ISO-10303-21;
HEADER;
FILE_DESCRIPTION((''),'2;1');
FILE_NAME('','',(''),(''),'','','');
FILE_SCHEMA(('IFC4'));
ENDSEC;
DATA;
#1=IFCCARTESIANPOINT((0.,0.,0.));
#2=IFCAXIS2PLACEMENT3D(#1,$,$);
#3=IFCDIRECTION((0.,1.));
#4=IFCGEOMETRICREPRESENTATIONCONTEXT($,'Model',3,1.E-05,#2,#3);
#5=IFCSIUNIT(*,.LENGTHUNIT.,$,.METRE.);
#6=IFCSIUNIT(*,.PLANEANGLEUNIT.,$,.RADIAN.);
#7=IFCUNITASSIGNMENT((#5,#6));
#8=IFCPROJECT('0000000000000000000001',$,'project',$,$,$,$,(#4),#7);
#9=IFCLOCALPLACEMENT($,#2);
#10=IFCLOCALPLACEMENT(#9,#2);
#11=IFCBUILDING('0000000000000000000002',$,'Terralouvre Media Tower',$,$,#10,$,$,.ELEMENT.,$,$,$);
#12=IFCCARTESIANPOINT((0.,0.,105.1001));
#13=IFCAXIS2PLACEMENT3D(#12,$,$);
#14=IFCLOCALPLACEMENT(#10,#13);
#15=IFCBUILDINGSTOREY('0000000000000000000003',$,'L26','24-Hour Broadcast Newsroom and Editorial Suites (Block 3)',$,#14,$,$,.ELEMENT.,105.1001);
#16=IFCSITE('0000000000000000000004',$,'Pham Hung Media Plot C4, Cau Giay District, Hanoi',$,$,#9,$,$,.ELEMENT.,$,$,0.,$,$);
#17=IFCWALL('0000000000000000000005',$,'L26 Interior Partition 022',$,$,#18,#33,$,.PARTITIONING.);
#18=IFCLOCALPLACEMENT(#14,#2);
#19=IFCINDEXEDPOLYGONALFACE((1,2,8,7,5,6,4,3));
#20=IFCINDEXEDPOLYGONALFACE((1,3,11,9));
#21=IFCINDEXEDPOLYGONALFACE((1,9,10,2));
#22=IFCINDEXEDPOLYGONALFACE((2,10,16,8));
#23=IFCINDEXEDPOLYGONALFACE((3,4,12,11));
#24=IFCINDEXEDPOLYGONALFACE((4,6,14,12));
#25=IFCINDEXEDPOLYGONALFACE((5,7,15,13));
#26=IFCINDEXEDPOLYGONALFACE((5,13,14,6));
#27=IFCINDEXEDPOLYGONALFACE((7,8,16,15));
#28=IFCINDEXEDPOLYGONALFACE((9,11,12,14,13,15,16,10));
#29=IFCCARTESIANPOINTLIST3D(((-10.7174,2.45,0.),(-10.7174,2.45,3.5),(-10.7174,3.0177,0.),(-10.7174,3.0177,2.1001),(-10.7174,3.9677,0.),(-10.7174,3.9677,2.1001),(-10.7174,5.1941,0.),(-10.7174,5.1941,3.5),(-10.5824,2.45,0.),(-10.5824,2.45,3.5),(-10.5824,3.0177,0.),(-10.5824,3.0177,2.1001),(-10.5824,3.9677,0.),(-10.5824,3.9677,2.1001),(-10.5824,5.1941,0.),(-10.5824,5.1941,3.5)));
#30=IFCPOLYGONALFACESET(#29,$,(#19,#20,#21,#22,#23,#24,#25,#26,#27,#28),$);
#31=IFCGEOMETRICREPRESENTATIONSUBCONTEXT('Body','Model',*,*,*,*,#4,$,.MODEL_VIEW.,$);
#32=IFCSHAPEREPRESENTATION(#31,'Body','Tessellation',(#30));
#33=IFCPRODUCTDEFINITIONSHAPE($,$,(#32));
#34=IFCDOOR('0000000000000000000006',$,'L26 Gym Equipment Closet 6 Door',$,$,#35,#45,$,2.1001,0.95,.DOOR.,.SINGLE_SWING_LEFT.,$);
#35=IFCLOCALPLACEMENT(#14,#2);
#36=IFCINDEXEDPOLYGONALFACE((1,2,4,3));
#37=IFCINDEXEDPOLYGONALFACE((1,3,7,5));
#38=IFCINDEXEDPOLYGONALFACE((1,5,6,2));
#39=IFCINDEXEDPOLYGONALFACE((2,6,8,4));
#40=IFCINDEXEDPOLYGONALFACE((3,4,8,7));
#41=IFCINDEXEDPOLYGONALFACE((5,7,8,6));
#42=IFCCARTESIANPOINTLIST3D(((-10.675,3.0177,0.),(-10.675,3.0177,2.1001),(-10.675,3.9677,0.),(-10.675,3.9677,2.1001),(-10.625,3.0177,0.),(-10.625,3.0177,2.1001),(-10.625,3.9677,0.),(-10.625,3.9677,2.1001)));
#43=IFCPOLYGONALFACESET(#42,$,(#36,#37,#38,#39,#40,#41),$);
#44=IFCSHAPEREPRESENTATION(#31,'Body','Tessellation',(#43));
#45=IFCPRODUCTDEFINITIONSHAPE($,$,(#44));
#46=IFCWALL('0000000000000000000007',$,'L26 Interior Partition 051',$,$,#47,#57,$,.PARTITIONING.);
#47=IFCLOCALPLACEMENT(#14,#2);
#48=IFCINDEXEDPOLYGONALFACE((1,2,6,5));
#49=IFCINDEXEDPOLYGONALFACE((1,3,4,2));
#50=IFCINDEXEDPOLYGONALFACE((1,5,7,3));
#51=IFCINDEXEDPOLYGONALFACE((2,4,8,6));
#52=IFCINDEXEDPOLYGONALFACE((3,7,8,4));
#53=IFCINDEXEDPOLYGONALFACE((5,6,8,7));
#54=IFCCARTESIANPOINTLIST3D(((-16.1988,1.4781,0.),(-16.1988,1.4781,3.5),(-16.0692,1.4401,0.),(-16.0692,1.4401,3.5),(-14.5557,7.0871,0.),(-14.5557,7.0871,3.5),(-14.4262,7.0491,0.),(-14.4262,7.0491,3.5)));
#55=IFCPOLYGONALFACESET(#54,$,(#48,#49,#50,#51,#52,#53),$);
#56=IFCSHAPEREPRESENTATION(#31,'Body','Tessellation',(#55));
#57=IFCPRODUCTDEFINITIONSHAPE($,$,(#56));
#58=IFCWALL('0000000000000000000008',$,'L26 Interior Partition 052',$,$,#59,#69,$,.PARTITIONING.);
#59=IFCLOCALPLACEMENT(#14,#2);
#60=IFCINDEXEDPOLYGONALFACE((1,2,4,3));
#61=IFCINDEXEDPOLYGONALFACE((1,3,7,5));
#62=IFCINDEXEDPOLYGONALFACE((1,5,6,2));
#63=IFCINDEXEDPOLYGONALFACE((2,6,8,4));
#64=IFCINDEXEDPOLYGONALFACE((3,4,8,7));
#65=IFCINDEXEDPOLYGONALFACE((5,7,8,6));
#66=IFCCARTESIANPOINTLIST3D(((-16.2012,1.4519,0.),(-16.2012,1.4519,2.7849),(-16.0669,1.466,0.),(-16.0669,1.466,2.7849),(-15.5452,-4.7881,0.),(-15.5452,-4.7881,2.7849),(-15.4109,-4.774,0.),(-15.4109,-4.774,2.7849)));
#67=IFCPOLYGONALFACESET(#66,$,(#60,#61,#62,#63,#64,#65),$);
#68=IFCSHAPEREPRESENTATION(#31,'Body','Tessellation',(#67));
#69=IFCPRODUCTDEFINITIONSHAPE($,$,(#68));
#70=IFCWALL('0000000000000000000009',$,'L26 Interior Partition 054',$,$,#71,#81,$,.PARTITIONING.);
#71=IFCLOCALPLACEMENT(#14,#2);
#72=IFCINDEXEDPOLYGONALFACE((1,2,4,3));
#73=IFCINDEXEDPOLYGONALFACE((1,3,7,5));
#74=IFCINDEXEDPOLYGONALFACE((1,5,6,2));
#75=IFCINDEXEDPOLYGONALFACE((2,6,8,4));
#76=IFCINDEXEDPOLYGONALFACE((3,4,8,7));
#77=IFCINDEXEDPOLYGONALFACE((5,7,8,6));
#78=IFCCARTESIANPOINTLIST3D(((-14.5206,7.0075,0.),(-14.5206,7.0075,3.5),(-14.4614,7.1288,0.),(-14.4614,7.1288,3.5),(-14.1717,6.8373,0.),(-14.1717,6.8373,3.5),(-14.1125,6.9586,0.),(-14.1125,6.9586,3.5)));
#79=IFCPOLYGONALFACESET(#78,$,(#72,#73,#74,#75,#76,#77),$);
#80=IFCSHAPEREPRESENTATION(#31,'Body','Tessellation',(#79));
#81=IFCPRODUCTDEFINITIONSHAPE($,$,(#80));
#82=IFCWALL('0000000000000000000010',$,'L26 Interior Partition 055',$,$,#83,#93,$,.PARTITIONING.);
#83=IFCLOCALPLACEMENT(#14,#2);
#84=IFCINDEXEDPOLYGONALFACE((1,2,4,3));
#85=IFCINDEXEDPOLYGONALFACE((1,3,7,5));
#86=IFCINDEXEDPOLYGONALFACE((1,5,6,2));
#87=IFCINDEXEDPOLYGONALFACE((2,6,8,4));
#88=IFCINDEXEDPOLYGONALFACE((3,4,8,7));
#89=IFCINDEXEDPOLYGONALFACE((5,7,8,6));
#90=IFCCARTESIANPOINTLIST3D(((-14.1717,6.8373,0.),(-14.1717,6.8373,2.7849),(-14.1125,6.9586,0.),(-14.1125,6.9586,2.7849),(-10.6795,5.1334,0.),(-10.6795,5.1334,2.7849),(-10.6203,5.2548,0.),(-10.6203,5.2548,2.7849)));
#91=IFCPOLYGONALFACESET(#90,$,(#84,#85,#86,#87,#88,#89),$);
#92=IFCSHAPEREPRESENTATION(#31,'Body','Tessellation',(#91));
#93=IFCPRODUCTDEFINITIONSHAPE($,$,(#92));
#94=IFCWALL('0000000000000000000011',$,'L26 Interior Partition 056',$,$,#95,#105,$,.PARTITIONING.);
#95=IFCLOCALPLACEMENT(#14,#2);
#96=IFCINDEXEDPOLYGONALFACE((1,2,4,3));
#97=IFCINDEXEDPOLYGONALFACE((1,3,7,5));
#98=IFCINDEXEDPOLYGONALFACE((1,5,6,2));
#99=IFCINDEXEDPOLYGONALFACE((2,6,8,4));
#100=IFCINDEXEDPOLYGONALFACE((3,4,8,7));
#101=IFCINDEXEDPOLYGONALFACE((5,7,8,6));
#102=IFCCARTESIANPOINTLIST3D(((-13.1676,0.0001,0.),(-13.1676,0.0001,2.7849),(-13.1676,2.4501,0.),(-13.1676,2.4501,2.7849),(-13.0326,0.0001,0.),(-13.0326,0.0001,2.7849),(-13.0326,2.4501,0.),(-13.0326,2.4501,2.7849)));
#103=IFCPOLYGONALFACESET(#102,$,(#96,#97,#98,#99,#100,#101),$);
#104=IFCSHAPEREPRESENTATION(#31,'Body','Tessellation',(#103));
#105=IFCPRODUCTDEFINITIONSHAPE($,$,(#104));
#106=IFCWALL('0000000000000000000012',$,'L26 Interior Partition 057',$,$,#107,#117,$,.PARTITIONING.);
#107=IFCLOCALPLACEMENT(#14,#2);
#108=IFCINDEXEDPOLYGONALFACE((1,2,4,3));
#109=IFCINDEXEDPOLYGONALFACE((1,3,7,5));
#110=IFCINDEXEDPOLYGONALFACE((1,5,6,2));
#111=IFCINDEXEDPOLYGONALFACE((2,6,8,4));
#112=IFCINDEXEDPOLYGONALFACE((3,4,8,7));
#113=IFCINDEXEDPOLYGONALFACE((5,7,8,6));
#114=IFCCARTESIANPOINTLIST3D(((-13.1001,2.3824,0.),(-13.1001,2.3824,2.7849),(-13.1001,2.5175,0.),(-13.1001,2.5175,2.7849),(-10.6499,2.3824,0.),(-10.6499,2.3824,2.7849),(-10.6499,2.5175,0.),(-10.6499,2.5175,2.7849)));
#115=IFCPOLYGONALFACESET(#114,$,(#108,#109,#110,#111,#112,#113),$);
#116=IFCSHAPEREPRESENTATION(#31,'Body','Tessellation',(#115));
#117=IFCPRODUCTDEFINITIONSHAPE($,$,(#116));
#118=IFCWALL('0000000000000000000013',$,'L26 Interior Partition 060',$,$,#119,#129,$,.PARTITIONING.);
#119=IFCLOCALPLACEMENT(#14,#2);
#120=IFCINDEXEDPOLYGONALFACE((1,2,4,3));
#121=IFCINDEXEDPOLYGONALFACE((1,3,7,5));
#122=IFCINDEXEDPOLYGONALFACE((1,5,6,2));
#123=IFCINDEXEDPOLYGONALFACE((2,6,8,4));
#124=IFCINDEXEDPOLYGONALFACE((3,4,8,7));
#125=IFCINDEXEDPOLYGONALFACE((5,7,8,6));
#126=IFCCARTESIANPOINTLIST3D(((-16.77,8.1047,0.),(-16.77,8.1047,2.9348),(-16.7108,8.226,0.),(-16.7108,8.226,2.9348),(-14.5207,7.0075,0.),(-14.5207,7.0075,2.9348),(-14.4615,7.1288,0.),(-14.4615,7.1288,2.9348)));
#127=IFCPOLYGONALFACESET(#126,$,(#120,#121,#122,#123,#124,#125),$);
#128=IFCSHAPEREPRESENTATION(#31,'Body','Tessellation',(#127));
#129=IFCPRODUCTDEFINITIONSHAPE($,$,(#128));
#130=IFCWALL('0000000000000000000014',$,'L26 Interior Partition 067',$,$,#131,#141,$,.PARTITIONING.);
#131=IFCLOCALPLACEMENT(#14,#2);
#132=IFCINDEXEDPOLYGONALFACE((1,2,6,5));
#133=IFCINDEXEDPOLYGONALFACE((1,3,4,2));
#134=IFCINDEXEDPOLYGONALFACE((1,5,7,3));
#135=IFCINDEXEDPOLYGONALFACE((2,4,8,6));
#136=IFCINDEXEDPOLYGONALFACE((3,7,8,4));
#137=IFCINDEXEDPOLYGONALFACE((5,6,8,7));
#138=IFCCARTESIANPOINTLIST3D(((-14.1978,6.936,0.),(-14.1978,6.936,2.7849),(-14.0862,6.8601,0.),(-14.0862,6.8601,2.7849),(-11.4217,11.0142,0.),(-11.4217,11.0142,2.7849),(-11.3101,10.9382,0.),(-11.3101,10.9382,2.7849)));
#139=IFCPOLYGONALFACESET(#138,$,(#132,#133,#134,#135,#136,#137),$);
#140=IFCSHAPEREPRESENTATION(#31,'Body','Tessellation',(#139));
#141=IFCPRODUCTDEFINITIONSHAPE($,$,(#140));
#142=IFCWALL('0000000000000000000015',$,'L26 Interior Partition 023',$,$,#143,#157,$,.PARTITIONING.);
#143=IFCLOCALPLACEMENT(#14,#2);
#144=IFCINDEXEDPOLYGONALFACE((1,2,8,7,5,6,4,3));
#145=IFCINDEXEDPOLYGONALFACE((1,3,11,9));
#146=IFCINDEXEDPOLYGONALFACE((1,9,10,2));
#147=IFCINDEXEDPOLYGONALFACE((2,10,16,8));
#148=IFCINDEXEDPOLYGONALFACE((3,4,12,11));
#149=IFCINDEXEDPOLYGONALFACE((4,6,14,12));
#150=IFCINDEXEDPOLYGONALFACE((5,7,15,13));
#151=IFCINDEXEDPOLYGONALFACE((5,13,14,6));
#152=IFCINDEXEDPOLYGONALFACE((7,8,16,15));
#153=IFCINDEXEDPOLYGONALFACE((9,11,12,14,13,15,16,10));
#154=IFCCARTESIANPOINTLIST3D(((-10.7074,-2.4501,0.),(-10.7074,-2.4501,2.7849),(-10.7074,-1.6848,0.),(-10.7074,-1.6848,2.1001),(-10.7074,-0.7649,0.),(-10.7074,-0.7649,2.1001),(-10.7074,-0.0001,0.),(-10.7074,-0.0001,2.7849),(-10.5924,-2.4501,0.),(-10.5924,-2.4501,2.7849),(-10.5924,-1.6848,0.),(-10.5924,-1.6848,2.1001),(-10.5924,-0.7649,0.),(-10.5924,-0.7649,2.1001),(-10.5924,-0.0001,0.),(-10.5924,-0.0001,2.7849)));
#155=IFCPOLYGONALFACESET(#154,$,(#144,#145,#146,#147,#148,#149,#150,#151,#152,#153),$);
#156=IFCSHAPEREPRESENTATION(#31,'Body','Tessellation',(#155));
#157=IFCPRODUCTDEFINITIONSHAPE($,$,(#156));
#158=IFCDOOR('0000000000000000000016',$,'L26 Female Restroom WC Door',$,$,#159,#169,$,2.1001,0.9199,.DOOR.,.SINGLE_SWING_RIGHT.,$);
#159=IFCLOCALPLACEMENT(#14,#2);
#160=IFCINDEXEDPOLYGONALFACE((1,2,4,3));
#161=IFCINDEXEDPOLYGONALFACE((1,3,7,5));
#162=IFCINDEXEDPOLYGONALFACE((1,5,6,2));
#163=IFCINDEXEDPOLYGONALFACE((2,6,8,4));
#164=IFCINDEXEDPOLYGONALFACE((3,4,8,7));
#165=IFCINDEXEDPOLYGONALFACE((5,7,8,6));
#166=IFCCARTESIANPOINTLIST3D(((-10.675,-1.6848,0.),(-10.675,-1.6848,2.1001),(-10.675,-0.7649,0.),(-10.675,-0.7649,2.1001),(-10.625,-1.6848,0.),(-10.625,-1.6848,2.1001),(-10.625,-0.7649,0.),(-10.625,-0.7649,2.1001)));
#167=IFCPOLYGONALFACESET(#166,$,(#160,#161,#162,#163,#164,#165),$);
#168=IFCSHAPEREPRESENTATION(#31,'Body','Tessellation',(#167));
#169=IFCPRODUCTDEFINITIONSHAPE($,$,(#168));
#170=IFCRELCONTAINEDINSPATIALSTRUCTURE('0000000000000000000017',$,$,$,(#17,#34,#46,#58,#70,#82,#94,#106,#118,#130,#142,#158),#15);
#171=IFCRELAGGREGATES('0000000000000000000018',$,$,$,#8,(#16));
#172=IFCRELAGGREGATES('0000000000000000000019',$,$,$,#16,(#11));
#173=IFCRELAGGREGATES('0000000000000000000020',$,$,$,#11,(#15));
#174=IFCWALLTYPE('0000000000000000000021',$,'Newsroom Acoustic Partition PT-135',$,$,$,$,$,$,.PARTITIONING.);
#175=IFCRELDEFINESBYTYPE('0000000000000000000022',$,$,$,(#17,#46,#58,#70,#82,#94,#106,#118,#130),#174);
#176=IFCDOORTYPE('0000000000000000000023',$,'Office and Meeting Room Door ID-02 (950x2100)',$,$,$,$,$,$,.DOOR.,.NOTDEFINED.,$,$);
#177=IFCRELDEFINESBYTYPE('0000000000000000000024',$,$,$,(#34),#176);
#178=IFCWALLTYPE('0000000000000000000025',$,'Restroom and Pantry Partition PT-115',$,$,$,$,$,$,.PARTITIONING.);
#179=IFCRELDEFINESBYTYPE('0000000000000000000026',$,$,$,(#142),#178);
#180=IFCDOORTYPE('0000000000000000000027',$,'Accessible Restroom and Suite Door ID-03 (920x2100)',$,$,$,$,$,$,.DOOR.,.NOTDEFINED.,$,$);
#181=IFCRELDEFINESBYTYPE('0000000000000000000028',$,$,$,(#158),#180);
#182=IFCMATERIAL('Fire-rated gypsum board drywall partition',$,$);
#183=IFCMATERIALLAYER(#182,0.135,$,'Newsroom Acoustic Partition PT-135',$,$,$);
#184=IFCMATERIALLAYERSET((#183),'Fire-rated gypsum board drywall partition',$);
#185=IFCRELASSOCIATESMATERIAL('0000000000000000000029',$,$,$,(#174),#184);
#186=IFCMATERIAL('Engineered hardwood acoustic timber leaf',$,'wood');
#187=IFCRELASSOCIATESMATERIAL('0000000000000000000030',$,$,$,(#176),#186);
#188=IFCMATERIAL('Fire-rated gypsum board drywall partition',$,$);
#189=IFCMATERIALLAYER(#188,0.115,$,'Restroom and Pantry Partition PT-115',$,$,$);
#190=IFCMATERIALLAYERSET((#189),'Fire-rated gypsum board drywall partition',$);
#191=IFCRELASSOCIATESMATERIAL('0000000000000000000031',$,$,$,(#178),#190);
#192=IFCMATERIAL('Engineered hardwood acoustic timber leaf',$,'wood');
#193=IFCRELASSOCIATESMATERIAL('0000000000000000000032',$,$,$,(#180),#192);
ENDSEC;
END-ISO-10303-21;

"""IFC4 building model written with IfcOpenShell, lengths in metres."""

from ifc_helpers import new_model, si_unit, direction, frame, frame_2d, origin, place, context, subcontext, project, spatial, rectangle, extrude, material, layer, layer_set, type_object, element, fill, save


model = new_model("IFC4")

# Units and contexts
model_context = context("Model", 3, precision=1e-05, world=origin(), true_north=direction((0.0, 1.0)))
body_context = subcontext(model_context, "Body", "Model", "MODEL_VIEW")
ifc_project = project(units=[si_unit("LENGTHUNIT", "METRE"), si_unit("PLANEANGLEUNIT", "RADIAN")], contexts=[model_context])

# Site, building, storey
site_placement = place(None, origin())
site = spatial("IfcSite", under=ifc_project, at=site_placement, Name="Pham Hung Media Plot C4, Cau Giay District, Hanoi", CompositionType="ELEMENT", RefElevation=0.0)
building_placement = place(site_placement, origin())
building = spatial("IfcBuilding", under=site, at=building_placement, Name="Terralouvre Media Tower", CompositionType="ELEMENT")
storey_placement = place(building_placement, frame((0.0, 0.0, 105.1001)))
storey = spatial("IfcBuildingStorey", under=building, at=storey_placement, Name="L26", Description="24-Hour Broadcast Newsroom and Editorial Suites (Block 3)", CompositionType="ELEMENT", Elevation=105.1001)

# Wall, opening, door
ifc_material_1 = material(Name="Fire-rated gypsum board drywall partition")
ifc_layer_1 = layer(ifc_material_1, 0.135, Name="Newsroom Acoustic Partition PT-135")
ifc_layer_set_1 = layer_set([ifc_layer_1], Name="Fire-rated gypsum board drywall partition")
wall_type_1 = type_object("IfcWallType", Name="Newsroom Acoustic Partition PT-135", PredefinedType="PARTITIONING", material=ifc_layer_set_1)
wall_1_placement = place(storey_placement, frame((-10.6499, 5.1941, 0.0), z_axis=(0.0, 0.0, 1.0), x_axis=(0.0, -1.0, 0.0)))
wall_1 = element("IfcWall", 1, at=wall_1_placement, inside=storey, type_object=wall_type_1, Name="L26 Interior Partition 022", PredefinedType="PARTITIONING", context=body_context, shape_type="SweptSolid", body=[
    extrude(rectangle(XDim=2.7441, YDim=0.135, at=frame_2d((1.3721, 0.0))), origin(), (0.0, 0.0, 1.0), 3.5),
])
opening_1_placement = place(wall_1_placement, frame((1.2263, 0.0, 0.0)))
opening_1 = element("IfcOpeningElement", 2, at=opening_1_placement, cuts=wall_1, PredefinedType="OPENING", context=body_context, shape_type="SweptSolid", body=[
    extrude(rectangle(XDim=0.95, YDim=2.1001, at=frame_2d((0.4751, 1.05))), frame((0.0, 0.0774, 0.0), z_axis=(0.0, -1.0, 0.0), x_axis=(1.0, 0.0, 0.0)), (0.0, 0.0, 1.0), 0.155),
])
ifc_material_2 = material(Name="Engineered hardwood acoustic timber leaf", Category="wood")
door_type_1 = type_object("IfcDoorType", Name="Office and Meeting Room Door ID-02 (950x2100)", OperationType="NOTDEFINED", PredefinedType="DOOR", material=ifc_material_2)
door_1_placement = place(opening_1_placement, origin())
door_1 = element("IfcDoor", 3, at=door_1_placement, inside=storey, type_object=door_type_1, Name="L26 Gym Equipment Closet 6 Door", OperationType="SINGLE_SWING_LEFT", OverallHeight=2.1001, OverallWidth=0.95, PredefinedType="DOOR", context=body_context, shape_type="SweptSolid", body=[
    extrude(rectangle(XDim=0.95, YDim=2.1001, at=frame_2d((0.4751, 1.05))), frame((0.0, 0.0249, 0.0), z_axis=(0.0, -1.0, 0.0), x_axis=(1.0, 0.0, 0.0)), (0.0, 0.0, 1.0), 0.05),
])
fill(opening_1, door_1)

# Walls
wall_2_placement = place(storey_placement, frame((-14.491, 7.0681, 0.0), z_axis=(0.0, 0.0, 1.0), x_axis=(-0.281115, -0.959674, 0.0)))
element("IfcWall", 4, at=wall_2_placement, inside=storey, type_object=wall_type_1, Name="L26 Interior Partition 051", PredefinedType="PARTITIONING", context=body_context, shape_type="SweptSolid", body=[
    extrude(rectangle(XDim=5.8447, YDim=0.135, at=frame_2d((2.9224, 0.0))), origin(), (0.0, 0.0, 1.0), 3.5),
])
wall_3_placement = place(storey_placement, frame((-16.134, 1.459, 0.0), z_axis=(0.0, 0.0, 1.0), x_axis=(0.104553, -0.994519, 0.0)))
element("IfcWall", 5, at=wall_3_placement, inside=storey, type_object=wall_type_1, Name="L26 Interior Partition 052", PredefinedType="PARTITIONING", context=body_context, shape_type="SweptSolid", body=[
    extrude(rectangle(XDim=6.2744, YDim=0.135, at=frame_2d((3.1372, 0.0))), origin(), (0.0, 0.0, 1.0), 2.7849),
])
wall_4_placement = place(storey_placement, frame((-14.1421, 6.8979, 0.0), z_axis=(0.0, 0.0, 1.0), x_axis=(-0.898787, 0.438386, 0.0)))
element("IfcWall", 6, at=wall_4_placement, inside=storey, type_object=wall_type_1, Name="L26 Interior Partition 054", PredefinedType="PARTITIONING", context=body_context, shape_type="SweptSolid", body=[
    extrude(rectangle(XDim=0.3882, YDim=0.135, at=frame_2d((0.1941, 0.0))), origin(), (0.0, 0.0, 1.0), 3.5),
])
wall_5_placement = place(storey_placement, frame((-10.6499, 5.1941, 0.0), z_axis=(0.0, 0.0, 1.0), x_axis=(-0.898733, 0.438497, 0.0)))
element("IfcWall", 7, at=wall_5_placement, inside=storey, type_object=wall_type_1, Name="L26 Interior Partition 055", PredefinedType="PARTITIONING", context=body_context, shape_type="SweptSolid", body=[
    extrude(rectangle(XDim=3.8857, YDim=0.135, at=frame_2d((1.9429, 0.0))), origin(), (0.0, 0.0, 1.0), 2.7849),
])
wall_6_placement = place(storey_placement, frame((-13.1001, 0.0, 0.0), z_axis=(0.0, 0.0, 1.0), x_axis=(0.0, 1.0, 0.0)))
element("IfcWall", 8, at=wall_6_placement, inside=storey, type_object=wall_type_1, Name="L26 Interior Partition 056", PredefinedType="PARTITIONING", context=body_context, shape_type="SweptSolid", body=[
    extrude(rectangle(XDim=2.45, YDim=0.135, at=frame_2d((1.2251, 0.0))), origin(), (0.0, 0.0, 1.0), 2.7849),
])
wall_7_placement = place(storey_placement, frame((-13.1001, 2.45, 0.0), z_axis=(0.0, 0.0, 1.0), x_axis=(1.0, 0.0, 0.0)))
element("IfcWall", 9, at=wall_7_placement, inside=storey, type_object=wall_type_1, Name="L26 Interior Partition 057", PredefinedType="PARTITIONING", context=body_context, shape_type="SweptSolid", body=[
    extrude(rectangle(XDim=2.4502, YDim=0.135, at=frame_2d((1.2251, 0.0))), origin(), (0.0, 0.0, 1.0), 2.7849),
])
wall_8_placement = place(storey_placement, frame((-14.491, 7.0681, 0.0), z_axis=(0.0, 0.0, 1.0), x_axis=(-0.898774, 0.438412, 0.0)))
element("IfcWall", 10, at=wall_8_placement, inside=storey, type_object=wall_type_1, Name="L26 Interior Partition 060", PredefinedType="PARTITIONING", context=body_context, shape_type="SweptSolid", body=[
    extrude(rectangle(XDim=2.5027, YDim=0.135, at=frame_2d((1.2515, 0.0))), origin(), (0.0, 0.0, 1.0), 2.9348),
])
wall_9_placement = place(storey_placement, frame((-14.1421, 6.8979, 0.0), z_axis=(0.0, 0.0, 1.0), x_axis=(0.562726, 0.826644, 0.0)))
element("IfcWall", 11, at=wall_9_placement, inside=storey, type_object=wall_type_1, Name="L26 Interior Partition 067", PredefinedType="PARTITIONING", context=body_context, shape_type="SweptSolid", body=[
    extrude(rectangle(XDim=4.9333, YDim=0.135, at=frame_2d((2.4668, 0.0))), origin(), (0.0, 0.0, 1.0), 2.7849),
])

# Wall, opening, door
ifc_material_3 = material(Name="Fire-rated gypsum board drywall partition")
ifc_layer_2 = layer(ifc_material_3, 0.115, Name="Restroom and Pantry Partition PT-115")
ifc_layer_set_2 = layer_set([ifc_layer_2], Name="Fire-rated gypsum board drywall partition")
wall_type_2 = type_object("IfcWallType", Name="Restroom and Pantry Partition PT-115", PredefinedType="PARTITIONING", material=ifc_layer_set_2)
wall_10_placement = place(storey_placement, frame((-10.6499, 0.0, 0.0), z_axis=(0.0, 0.0, 1.0), x_axis=(0.0, -1.0, 0.0)))
wall_10 = element("IfcWall", 12, at=wall_10_placement, inside=storey, type_object=wall_type_2, Name="L26 Interior Partition 023", PredefinedType="PARTITIONING", context=body_context, shape_type="SweptSolid", body=[
    extrude(rectangle(XDim=2.45, YDim=0.115, at=frame_2d((1.2251, 0.0))), origin(), (0.0, 0.0, 1.0), 2.7849),
])
opening_2_placement = place(wall_10_placement, frame((0.7649, 0.0, 0.0)))
opening_2 = element("IfcOpeningElement", 13, at=opening_2_placement, cuts=wall_10, PredefinedType="OPENING", context=body_context, shape_type="SweptSolid", body=[
    extrude(rectangle(XDim=0.9199, YDim=2.1001, at=frame_2d((0.46, 1.05))), frame((0.0, 0.0674, 0.0), z_axis=(0.0, -1.0, 0.0), x_axis=(1.0, 0.0, 0.0)), (0.0, 0.0, 1.0), 0.135),
])
ifc_material_4 = material(Name="Engineered hardwood acoustic timber leaf", Category="wood")
door_type_2 = type_object("IfcDoorType", Name="Accessible Restroom and Suite Door ID-03 (920x2100)", OperationType="NOTDEFINED", PredefinedType="DOOR", material=ifc_material_4)
door_2_placement = place(opening_2_placement, origin())
door_2 = element("IfcDoor", 14, at=door_2_placement, inside=storey, type_object=door_type_2, Name="L26 Female Restroom WC Door", OperationType="SINGLE_SWING_RIGHT", OverallHeight=2.1001, OverallWidth=0.9199, PredefinedType="DOOR", context=body_context, shape_type="SweptSolid", body=[
    extrude(rectangle(XDim=0.9199, YDim=2.1001, at=frame_2d((0.46, 1.05))), frame((0.0, 0.0249, 0.0), z_axis=(0.0, -1.0, 0.0), x_axis=(1.0, 0.0, 0.0)), (0.0, 0.0, 1.0), 0.05),
])
fill(opening_2, door_2)

save(model, "model.ifc")
